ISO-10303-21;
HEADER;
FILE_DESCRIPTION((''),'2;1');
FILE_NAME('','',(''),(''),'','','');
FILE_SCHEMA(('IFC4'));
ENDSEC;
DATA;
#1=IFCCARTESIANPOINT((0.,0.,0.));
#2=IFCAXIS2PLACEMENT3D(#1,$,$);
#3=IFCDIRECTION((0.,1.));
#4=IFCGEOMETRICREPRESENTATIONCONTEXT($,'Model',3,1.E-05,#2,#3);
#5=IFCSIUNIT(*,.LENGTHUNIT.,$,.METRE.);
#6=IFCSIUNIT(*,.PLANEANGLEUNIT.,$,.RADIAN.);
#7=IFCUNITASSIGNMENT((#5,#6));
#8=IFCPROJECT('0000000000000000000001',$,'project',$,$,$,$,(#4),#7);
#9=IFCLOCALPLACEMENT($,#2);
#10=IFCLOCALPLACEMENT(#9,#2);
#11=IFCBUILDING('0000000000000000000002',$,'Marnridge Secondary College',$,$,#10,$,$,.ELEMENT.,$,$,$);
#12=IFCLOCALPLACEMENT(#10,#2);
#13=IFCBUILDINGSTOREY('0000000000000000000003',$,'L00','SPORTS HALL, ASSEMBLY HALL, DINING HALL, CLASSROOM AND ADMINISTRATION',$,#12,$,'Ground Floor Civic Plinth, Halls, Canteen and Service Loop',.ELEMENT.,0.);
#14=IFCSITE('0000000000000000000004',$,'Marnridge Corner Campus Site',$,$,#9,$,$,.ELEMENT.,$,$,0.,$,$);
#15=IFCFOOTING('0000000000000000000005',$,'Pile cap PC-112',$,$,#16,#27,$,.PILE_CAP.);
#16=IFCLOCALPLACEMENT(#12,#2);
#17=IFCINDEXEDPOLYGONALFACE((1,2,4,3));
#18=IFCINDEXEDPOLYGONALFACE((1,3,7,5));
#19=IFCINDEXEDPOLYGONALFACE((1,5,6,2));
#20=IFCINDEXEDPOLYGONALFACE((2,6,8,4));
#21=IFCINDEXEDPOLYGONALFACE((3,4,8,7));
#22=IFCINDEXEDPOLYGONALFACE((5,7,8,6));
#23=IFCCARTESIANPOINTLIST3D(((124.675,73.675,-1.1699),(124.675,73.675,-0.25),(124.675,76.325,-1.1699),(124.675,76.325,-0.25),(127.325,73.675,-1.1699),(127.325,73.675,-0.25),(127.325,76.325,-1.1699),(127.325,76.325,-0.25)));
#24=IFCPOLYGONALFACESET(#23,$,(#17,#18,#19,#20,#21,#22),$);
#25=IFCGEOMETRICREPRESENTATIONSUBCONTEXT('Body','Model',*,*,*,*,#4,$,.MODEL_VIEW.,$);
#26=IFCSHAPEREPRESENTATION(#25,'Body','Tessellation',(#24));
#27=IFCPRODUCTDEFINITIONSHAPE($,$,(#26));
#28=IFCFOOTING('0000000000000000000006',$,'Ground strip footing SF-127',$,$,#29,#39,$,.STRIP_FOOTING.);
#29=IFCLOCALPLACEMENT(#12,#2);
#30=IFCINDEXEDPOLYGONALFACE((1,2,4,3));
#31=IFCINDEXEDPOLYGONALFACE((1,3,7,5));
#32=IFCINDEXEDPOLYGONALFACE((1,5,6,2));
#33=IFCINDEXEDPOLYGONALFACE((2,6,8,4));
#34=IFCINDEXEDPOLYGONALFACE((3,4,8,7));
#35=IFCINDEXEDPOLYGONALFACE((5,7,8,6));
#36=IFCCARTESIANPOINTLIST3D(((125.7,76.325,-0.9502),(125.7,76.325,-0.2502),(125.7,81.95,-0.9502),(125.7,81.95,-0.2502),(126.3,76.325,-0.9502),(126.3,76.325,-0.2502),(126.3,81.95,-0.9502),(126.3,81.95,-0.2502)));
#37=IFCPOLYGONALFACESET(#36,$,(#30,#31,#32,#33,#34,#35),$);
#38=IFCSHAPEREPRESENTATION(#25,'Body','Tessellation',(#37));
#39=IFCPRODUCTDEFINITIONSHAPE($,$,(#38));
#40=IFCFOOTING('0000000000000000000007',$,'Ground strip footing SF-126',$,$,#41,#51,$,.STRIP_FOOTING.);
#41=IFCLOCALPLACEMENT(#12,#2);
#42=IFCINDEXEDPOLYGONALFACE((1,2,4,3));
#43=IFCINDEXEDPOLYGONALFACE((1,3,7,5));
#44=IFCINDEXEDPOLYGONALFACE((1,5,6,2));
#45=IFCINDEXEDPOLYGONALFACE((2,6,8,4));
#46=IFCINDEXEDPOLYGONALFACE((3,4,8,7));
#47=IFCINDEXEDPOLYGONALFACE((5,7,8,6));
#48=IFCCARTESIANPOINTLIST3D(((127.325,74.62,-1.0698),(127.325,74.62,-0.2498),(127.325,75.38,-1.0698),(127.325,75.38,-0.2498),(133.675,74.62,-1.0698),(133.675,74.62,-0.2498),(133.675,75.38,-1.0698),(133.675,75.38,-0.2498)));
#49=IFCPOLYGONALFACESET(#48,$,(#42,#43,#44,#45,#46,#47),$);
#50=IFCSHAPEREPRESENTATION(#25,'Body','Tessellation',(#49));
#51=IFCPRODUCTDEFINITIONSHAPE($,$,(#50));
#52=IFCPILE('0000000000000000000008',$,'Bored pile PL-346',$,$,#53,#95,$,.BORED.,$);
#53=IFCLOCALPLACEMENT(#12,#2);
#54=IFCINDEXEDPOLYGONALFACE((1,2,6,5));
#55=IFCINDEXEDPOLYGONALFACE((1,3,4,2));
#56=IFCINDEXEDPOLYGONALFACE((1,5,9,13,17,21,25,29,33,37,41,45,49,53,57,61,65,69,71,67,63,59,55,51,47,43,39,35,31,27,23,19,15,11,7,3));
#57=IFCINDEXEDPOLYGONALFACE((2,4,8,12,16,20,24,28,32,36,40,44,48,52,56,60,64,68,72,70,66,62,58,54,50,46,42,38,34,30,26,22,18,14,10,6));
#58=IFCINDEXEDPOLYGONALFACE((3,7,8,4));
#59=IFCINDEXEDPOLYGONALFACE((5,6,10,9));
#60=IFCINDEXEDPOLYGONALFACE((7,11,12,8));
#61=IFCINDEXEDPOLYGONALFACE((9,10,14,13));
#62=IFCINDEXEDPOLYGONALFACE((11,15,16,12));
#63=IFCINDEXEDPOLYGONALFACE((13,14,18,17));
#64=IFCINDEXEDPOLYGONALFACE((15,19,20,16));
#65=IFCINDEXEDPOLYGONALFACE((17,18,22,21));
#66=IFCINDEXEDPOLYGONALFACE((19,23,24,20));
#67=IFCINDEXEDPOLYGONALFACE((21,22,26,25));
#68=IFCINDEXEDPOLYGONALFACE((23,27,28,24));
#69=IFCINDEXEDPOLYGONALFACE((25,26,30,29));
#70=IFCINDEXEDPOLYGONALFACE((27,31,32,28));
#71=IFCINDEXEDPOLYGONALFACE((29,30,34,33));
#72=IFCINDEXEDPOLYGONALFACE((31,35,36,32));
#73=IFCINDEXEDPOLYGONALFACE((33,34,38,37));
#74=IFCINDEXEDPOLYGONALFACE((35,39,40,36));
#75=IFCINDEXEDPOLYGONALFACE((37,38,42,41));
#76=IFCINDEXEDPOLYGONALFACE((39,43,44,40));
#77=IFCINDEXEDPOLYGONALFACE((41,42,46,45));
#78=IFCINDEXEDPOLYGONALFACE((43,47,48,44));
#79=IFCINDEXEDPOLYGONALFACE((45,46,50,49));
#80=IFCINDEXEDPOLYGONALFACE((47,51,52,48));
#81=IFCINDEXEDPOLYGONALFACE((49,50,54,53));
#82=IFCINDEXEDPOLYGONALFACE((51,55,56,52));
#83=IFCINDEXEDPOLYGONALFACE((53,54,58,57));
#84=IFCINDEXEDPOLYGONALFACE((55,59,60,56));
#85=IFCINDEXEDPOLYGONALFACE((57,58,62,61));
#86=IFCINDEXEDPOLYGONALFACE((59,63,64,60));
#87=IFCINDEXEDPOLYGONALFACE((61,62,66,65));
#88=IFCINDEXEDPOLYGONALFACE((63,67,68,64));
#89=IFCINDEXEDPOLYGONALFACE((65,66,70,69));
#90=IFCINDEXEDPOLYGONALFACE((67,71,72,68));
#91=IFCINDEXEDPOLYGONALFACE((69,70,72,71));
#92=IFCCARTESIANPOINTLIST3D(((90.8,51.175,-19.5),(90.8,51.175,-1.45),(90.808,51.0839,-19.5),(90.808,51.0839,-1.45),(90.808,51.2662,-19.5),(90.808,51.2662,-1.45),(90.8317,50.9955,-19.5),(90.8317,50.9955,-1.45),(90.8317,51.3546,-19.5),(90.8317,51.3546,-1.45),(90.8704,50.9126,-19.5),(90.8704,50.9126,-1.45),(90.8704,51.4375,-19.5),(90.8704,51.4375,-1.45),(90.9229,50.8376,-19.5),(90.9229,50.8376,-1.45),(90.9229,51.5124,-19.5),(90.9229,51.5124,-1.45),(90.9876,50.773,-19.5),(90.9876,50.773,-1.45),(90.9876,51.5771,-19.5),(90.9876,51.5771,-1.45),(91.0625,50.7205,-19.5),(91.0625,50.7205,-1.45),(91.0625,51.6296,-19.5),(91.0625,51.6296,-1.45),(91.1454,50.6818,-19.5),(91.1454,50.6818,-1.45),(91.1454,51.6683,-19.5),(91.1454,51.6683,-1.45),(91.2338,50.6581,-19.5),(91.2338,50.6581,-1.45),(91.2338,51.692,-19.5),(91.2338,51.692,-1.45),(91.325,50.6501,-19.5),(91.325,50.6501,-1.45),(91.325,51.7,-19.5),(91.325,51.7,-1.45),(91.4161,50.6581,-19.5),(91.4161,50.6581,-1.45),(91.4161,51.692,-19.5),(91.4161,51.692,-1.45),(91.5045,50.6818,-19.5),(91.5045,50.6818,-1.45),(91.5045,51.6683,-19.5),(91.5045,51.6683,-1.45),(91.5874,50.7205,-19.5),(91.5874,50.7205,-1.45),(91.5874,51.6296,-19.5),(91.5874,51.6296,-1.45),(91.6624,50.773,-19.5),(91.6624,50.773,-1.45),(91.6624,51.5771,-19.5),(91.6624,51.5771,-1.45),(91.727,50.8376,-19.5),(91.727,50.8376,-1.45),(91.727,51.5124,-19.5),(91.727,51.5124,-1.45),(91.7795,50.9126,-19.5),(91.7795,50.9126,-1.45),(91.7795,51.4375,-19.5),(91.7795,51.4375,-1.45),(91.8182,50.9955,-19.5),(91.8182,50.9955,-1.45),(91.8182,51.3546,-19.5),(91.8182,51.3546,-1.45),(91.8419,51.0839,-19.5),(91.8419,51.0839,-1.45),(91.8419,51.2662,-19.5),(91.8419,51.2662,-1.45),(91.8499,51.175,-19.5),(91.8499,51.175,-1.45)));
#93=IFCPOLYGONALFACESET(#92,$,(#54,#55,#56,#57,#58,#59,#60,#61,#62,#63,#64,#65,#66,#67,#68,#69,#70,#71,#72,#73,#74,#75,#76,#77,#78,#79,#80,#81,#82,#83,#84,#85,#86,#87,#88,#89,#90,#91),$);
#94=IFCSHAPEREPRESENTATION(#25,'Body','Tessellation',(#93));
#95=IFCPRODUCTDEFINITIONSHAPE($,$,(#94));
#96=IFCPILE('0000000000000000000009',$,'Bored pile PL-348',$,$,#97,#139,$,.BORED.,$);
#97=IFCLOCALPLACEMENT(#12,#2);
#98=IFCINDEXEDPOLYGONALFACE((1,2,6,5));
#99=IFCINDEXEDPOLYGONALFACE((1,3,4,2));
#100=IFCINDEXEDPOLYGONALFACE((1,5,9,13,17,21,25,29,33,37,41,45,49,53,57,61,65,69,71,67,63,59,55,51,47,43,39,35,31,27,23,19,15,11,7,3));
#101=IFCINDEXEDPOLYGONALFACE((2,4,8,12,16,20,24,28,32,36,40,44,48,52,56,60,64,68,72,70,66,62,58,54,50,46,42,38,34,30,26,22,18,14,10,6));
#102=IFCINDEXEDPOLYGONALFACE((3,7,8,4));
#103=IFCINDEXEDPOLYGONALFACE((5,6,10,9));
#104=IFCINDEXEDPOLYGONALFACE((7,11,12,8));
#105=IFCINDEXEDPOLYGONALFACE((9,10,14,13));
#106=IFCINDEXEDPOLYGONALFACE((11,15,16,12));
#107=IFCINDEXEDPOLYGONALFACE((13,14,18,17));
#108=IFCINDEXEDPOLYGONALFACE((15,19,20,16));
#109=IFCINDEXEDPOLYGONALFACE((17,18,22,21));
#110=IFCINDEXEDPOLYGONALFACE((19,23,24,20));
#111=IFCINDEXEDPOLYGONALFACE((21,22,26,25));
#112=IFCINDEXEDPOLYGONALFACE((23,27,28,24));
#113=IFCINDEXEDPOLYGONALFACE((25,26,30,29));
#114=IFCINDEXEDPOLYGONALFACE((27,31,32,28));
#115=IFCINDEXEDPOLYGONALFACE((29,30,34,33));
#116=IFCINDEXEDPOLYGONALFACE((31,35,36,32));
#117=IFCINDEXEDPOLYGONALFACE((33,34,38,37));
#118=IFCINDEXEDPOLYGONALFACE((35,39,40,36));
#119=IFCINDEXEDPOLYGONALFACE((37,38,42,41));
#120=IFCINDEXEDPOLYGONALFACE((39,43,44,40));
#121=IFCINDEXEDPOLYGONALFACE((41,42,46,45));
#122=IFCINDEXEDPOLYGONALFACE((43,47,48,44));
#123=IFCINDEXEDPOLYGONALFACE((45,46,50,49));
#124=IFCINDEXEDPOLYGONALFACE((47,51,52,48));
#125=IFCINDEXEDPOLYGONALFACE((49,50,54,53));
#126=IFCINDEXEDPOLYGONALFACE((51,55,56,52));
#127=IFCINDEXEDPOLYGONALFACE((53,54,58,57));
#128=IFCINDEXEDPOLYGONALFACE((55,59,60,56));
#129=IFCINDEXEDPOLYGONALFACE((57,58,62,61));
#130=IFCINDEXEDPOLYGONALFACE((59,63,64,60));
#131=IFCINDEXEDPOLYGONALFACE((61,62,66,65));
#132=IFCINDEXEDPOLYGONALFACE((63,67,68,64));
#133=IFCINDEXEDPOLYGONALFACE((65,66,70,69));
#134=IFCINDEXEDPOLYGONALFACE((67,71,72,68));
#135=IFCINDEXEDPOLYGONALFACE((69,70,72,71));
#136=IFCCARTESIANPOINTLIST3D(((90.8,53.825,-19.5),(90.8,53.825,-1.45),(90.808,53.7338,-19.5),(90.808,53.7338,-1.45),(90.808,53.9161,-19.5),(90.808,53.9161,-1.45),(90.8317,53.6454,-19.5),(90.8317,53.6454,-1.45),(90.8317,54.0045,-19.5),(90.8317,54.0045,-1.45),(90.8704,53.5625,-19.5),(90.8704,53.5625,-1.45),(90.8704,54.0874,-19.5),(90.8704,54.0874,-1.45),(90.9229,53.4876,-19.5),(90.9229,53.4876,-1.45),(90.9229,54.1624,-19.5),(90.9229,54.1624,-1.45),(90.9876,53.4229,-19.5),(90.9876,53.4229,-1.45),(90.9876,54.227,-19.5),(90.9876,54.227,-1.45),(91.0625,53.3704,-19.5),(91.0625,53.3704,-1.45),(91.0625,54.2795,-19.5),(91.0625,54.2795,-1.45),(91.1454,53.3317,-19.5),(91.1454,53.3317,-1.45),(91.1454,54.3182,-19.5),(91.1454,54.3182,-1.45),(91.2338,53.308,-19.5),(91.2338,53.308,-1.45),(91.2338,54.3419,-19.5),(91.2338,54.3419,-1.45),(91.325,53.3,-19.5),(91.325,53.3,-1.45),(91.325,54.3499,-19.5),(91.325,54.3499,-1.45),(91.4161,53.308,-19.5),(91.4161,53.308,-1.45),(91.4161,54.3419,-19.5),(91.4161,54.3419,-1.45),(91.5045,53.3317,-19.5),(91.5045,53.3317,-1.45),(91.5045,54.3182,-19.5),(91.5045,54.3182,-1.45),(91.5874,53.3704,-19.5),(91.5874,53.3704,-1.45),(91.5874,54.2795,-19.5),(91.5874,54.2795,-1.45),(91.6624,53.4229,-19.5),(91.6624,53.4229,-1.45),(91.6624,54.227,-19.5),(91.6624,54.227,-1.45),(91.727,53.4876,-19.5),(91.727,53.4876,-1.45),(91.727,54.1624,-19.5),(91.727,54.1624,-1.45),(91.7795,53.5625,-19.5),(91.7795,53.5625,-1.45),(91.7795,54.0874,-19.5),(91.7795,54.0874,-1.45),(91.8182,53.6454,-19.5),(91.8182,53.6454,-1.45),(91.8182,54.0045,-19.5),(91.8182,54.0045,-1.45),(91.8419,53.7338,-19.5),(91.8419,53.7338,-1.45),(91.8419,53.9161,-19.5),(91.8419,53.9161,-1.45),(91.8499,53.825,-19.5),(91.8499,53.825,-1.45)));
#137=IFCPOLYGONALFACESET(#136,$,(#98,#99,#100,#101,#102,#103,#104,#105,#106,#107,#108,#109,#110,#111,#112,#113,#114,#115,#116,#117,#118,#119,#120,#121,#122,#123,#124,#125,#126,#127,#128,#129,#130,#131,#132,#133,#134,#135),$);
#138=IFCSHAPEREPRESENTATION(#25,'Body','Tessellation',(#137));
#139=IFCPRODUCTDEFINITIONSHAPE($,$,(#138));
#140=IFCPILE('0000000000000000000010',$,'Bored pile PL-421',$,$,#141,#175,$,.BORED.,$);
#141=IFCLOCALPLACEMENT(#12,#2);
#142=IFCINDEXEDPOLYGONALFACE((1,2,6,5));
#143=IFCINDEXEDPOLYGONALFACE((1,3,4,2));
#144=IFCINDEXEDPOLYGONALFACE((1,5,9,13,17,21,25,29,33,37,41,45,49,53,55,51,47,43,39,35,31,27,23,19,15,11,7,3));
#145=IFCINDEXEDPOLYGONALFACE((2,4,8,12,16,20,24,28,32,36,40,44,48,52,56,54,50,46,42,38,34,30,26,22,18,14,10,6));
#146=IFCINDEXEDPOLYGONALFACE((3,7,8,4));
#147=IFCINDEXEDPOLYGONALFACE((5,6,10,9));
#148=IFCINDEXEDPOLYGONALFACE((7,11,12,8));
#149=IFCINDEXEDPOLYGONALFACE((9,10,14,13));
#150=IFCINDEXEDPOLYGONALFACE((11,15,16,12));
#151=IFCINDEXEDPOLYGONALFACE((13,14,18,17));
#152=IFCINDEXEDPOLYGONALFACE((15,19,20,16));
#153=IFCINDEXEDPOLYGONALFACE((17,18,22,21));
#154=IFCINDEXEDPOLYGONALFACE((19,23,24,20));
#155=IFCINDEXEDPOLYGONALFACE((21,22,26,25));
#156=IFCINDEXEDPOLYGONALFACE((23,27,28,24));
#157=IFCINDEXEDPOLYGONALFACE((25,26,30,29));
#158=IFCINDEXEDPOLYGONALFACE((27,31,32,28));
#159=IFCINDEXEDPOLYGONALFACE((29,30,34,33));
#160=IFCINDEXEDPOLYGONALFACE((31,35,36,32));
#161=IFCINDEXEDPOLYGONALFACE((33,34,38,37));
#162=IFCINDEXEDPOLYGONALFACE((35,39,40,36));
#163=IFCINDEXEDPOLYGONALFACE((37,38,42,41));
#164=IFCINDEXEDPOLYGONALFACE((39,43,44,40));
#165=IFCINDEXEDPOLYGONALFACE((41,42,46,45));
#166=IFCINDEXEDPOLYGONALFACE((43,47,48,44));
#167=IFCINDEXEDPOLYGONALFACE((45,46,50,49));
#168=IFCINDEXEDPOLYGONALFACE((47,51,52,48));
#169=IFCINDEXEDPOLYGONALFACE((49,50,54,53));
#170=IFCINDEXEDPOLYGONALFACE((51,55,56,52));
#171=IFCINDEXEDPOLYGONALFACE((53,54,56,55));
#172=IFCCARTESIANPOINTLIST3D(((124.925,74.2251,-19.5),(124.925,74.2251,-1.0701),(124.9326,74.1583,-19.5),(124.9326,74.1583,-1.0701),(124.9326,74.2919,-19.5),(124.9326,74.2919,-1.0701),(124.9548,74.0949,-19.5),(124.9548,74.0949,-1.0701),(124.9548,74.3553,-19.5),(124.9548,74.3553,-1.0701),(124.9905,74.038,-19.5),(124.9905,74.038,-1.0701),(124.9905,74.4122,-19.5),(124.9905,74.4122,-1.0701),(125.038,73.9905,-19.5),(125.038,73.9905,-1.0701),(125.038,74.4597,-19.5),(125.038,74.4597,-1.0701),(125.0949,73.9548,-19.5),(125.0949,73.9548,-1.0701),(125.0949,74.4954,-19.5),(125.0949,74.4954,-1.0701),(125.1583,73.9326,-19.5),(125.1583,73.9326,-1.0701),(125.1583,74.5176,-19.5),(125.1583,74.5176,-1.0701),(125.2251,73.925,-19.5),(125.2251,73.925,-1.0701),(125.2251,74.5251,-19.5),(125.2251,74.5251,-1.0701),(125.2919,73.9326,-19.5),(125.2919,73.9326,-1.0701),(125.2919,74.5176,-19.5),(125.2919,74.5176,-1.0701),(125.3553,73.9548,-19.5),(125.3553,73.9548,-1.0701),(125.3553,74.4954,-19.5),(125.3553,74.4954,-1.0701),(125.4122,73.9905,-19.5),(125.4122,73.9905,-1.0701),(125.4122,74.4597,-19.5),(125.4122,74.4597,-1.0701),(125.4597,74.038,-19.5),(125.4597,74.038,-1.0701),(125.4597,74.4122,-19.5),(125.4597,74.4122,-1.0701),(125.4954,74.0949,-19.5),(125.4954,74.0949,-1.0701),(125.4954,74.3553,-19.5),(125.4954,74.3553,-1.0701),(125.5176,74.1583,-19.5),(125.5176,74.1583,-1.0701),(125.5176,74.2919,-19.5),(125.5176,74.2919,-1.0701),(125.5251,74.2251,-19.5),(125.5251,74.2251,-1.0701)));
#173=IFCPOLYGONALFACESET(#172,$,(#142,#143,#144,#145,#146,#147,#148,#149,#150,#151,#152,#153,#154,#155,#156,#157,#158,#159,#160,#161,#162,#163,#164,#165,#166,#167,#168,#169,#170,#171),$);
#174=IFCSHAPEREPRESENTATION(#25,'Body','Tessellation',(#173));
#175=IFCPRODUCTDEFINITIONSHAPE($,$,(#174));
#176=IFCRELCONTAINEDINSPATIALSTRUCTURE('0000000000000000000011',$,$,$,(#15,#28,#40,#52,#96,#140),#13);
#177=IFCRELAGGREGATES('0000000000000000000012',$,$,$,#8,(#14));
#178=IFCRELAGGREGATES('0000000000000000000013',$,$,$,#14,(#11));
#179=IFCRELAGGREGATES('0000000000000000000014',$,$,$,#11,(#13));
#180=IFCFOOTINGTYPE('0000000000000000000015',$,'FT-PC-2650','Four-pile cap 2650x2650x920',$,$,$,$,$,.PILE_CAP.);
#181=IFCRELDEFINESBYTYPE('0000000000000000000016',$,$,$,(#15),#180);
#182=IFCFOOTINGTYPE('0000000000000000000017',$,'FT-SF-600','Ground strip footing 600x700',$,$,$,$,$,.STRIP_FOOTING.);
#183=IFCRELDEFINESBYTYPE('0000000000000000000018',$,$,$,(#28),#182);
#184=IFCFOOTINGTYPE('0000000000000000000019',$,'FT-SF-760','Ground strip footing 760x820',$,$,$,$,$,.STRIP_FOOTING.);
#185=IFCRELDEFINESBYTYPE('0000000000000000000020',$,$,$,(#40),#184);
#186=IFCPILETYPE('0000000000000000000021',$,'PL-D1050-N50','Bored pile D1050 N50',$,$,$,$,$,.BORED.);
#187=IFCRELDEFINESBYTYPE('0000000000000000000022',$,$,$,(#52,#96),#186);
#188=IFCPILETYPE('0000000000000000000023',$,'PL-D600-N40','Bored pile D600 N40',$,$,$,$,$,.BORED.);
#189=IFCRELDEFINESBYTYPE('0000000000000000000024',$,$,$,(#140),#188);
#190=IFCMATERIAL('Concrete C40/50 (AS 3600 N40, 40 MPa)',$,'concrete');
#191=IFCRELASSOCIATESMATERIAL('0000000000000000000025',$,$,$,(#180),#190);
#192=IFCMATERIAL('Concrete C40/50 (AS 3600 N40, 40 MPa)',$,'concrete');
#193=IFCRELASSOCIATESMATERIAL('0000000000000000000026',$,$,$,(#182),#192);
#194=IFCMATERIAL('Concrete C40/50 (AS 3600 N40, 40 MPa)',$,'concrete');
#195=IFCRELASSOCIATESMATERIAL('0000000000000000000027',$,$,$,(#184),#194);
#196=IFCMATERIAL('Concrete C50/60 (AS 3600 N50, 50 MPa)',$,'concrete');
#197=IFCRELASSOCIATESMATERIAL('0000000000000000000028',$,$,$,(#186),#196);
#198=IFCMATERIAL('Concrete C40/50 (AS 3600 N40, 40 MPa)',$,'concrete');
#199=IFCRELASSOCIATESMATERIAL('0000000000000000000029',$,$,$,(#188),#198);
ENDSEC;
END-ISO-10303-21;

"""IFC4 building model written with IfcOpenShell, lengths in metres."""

from ifc_helpers import new_model, si_unit, direction, frame, origin, origin_2d, place, context, subcontext, project, spatial, rectangle, circle, extrude, material, material_profile, profile_set, type_object, element, save


model = new_model("IFC4")

# Units and contexts
model_context = context("Model", 3, precision=1e-05, world=origin(), true_north=direction((0.0, 1.0)))
body_context = subcontext(model_context, "Body", "Model", "MODEL_VIEW")
ifc_project = project(units=[si_unit("LENGTHUNIT", "METRE"), si_unit("PLANEANGLEUNIT", "RADIAN")], contexts=[model_context])

# Site, building, storey
site_placement = place(None, origin())
site = spatial("IfcSite", under=ifc_project, at=site_placement, Name="Marnridge Corner Campus Site", CompositionType="ELEMENT", RefElevation=0.0)
building_placement = place(site_placement, origin())
building = spatial("IfcBuilding", under=site, at=building_placement, Name="Marnridge Secondary College", CompositionType="ELEMENT")
storey_placement = place(building_placement, origin())
storey = spatial("IfcBuildingStorey", under=building, at=storey_placement, Name="L00", Description="SPORTS HALL, ASSEMBLY HALL, DINING HALL, CLASSROOM AND ADMINISTRATION", LongName="Ground Floor Civic Plinth, Halls, Canteen and Service Loop", CompositionType="ELEMENT", Elevation=0.0)

# Footings
ifc_material_1 = material(Name="Concrete C40/50 (AS 3600 N40, 40 MPa)", Category="concrete")
footing_type_1 = type_object("IfcFootingType", Name="FT-PC-2650", Description="Four-pile cap 2650x2650x920", PredefinedType="PILE_CAP", material=ifc_material_1)
footing_1_placement = place(storey_placement, frame((126.0, 75.0, -1.1699), z_axis=(0.0, 0.0, 1.0), x_axis=(1.0, 0.0, 0.0)))
element("IfcFooting", 1, at=footing_1_placement, inside=storey, type_object=footing_type_1, Name="Pile cap PC-112", PredefinedType="PILE_CAP", context=body_context, shape_type="SweptSolid", body=[
    extrude(rectangle(XDim=2.6499, YDim=2.6499, at=origin_2d()), origin(), (0.0, 0.0, 1.0), 0.9199),
])
ifc_material_2 = material(Name="Concrete C40/50 (AS 3600 N40, 40 MPa)", Category="concrete")
footing_type_2 = type_object("IfcFootingType", Name="FT-SF-600", Description="Ground strip footing 600x700", PredefinedType="STRIP_FOOTING", material=ifc_material_2)
footing_2_placement = place(storey_placement, frame((126.0, 79.1375, -0.9502), z_axis=(0.0, 0.0, 1.0), x_axis=(1.0, 0.0, 0.0)))
element("IfcFooting", 2, at=footing_2_placement, inside=storey, type_object=footing_type_2, Name="Ground strip footing SF-127", PredefinedType="STRIP_FOOTING", context=body_context, shape_type="SweptSolid", body=[
    extrude(rectangle(XDim=0.6001, YDim=5.625, at=origin_2d()), origin(), (0.0, 0.0, 1.0), 0.7),
])
ifc_material_3 = material(Name="Concrete C40/50 (AS 3600 N40, 40 MPa)", Category="concrete")
footing_type_3 = type_object("IfcFootingType", Name="FT-SF-760", Description="Ground strip footing 760x820", PredefinedType="STRIP_FOOTING", material=ifc_material_3)
footing_3_placement = place(storey_placement, frame((130.5, 75.0, -1.0698), z_axis=(0.0, 0.0, 1.0), x_axis=(1.0, 0.0, 0.0)))
element("IfcFooting", 3, at=footing_3_placement, inside=storey, type_object=footing_type_3, Name="Ground strip footing SF-126", PredefinedType="STRIP_FOOTING", context=body_context, shape_type="SweptSolid", body=[
    extrude(rectangle(XDim=6.3501, YDim=0.76, at=origin_2d()), origin(), (0.0, 0.0, 1.0), 0.8201),
])

# Piles
ifc_material_4 = material(Name="Concrete C50/60 (AS 3600 N50, 50 MPa)", Category="concrete")
ifc_material_profile_1 = material_profile(ifc_material_4, circle(Radius=0.5249, at=origin_2d()), Name="PILE D1050")
ifc_profile_set_1 = profile_set([ifc_material_profile_1], Name="Concrete C50/60 (AS 3600 N50, 50 MPa)")
pile_type_1 = type_object("IfcPileType", Name="PL-D1050-N50", Description="Bored pile D1050 N50", PredefinedType="BORED", material=ifc_profile_set_1)
for number, where, z_axis, x_axis, name in (
    (4, (91.325, 51.175, -1.45), (0.0, 0.0, -1.0), (1.0, 0.0, 0.0), "Bored pile PL-346"),
    (5, (91.325, 53.825, -1.45), (0.0, 0.0, -1.0), (1.0, 0.0, 0.0), "Bored pile PL-348"),
):
    element("IfcPile", number, at=place(storey_placement, frame(where, z_axis=z_axis, x_axis=x_axis)), inside=storey, type_object=pile_type_1, Name=name, PredefinedType="BORED", context=body_context, shape_type="SweptSolid", body=[
        extrude(circle(Radius=0.5249, at=origin_2d()), origin(), (0.0, 0.0, 1.0), 18.05),
    ])
ifc_material_5 = material(Name="Concrete C40/50 (AS 3600 N40, 40 MPa)", Category="concrete")
ifc_material_profile_2 = material_profile(ifc_material_5, circle(Radius=0.3, at=origin_2d()), Name="PILE D600")
ifc_profile_set_2 = profile_set([ifc_material_profile_2], Name="Concrete C40/50 (AS 3600 N40, 40 MPa)")
pile_type_2 = type_object("IfcPileType", Name="PL-D600-N40", Description="Bored pile D600 N40", PredefinedType="BORED", material=ifc_profile_set_2)
for number, where, z_axis, x_axis, name in (
    (6, (125.2251, 74.2251, -1.0701), (0.0, 0.0, -1.0), (1.0, 0.0, 0.0), "Bored pile PL-421"),
):
    element("IfcPile", number, at=place(storey_placement, frame(where, z_axis=z_axis, x_axis=x_axis)), inside=storey, type_object=pile_type_2, Name=name, PredefinedType="BORED", context=body_context, shape_type="SweptSolid", body=[
        extrude(circle(Radius=0.3, at=origin_2d()), origin(), (0.0, 0.0, 1.0), 18.4299),
    ])

save(model, "model.ifc")
